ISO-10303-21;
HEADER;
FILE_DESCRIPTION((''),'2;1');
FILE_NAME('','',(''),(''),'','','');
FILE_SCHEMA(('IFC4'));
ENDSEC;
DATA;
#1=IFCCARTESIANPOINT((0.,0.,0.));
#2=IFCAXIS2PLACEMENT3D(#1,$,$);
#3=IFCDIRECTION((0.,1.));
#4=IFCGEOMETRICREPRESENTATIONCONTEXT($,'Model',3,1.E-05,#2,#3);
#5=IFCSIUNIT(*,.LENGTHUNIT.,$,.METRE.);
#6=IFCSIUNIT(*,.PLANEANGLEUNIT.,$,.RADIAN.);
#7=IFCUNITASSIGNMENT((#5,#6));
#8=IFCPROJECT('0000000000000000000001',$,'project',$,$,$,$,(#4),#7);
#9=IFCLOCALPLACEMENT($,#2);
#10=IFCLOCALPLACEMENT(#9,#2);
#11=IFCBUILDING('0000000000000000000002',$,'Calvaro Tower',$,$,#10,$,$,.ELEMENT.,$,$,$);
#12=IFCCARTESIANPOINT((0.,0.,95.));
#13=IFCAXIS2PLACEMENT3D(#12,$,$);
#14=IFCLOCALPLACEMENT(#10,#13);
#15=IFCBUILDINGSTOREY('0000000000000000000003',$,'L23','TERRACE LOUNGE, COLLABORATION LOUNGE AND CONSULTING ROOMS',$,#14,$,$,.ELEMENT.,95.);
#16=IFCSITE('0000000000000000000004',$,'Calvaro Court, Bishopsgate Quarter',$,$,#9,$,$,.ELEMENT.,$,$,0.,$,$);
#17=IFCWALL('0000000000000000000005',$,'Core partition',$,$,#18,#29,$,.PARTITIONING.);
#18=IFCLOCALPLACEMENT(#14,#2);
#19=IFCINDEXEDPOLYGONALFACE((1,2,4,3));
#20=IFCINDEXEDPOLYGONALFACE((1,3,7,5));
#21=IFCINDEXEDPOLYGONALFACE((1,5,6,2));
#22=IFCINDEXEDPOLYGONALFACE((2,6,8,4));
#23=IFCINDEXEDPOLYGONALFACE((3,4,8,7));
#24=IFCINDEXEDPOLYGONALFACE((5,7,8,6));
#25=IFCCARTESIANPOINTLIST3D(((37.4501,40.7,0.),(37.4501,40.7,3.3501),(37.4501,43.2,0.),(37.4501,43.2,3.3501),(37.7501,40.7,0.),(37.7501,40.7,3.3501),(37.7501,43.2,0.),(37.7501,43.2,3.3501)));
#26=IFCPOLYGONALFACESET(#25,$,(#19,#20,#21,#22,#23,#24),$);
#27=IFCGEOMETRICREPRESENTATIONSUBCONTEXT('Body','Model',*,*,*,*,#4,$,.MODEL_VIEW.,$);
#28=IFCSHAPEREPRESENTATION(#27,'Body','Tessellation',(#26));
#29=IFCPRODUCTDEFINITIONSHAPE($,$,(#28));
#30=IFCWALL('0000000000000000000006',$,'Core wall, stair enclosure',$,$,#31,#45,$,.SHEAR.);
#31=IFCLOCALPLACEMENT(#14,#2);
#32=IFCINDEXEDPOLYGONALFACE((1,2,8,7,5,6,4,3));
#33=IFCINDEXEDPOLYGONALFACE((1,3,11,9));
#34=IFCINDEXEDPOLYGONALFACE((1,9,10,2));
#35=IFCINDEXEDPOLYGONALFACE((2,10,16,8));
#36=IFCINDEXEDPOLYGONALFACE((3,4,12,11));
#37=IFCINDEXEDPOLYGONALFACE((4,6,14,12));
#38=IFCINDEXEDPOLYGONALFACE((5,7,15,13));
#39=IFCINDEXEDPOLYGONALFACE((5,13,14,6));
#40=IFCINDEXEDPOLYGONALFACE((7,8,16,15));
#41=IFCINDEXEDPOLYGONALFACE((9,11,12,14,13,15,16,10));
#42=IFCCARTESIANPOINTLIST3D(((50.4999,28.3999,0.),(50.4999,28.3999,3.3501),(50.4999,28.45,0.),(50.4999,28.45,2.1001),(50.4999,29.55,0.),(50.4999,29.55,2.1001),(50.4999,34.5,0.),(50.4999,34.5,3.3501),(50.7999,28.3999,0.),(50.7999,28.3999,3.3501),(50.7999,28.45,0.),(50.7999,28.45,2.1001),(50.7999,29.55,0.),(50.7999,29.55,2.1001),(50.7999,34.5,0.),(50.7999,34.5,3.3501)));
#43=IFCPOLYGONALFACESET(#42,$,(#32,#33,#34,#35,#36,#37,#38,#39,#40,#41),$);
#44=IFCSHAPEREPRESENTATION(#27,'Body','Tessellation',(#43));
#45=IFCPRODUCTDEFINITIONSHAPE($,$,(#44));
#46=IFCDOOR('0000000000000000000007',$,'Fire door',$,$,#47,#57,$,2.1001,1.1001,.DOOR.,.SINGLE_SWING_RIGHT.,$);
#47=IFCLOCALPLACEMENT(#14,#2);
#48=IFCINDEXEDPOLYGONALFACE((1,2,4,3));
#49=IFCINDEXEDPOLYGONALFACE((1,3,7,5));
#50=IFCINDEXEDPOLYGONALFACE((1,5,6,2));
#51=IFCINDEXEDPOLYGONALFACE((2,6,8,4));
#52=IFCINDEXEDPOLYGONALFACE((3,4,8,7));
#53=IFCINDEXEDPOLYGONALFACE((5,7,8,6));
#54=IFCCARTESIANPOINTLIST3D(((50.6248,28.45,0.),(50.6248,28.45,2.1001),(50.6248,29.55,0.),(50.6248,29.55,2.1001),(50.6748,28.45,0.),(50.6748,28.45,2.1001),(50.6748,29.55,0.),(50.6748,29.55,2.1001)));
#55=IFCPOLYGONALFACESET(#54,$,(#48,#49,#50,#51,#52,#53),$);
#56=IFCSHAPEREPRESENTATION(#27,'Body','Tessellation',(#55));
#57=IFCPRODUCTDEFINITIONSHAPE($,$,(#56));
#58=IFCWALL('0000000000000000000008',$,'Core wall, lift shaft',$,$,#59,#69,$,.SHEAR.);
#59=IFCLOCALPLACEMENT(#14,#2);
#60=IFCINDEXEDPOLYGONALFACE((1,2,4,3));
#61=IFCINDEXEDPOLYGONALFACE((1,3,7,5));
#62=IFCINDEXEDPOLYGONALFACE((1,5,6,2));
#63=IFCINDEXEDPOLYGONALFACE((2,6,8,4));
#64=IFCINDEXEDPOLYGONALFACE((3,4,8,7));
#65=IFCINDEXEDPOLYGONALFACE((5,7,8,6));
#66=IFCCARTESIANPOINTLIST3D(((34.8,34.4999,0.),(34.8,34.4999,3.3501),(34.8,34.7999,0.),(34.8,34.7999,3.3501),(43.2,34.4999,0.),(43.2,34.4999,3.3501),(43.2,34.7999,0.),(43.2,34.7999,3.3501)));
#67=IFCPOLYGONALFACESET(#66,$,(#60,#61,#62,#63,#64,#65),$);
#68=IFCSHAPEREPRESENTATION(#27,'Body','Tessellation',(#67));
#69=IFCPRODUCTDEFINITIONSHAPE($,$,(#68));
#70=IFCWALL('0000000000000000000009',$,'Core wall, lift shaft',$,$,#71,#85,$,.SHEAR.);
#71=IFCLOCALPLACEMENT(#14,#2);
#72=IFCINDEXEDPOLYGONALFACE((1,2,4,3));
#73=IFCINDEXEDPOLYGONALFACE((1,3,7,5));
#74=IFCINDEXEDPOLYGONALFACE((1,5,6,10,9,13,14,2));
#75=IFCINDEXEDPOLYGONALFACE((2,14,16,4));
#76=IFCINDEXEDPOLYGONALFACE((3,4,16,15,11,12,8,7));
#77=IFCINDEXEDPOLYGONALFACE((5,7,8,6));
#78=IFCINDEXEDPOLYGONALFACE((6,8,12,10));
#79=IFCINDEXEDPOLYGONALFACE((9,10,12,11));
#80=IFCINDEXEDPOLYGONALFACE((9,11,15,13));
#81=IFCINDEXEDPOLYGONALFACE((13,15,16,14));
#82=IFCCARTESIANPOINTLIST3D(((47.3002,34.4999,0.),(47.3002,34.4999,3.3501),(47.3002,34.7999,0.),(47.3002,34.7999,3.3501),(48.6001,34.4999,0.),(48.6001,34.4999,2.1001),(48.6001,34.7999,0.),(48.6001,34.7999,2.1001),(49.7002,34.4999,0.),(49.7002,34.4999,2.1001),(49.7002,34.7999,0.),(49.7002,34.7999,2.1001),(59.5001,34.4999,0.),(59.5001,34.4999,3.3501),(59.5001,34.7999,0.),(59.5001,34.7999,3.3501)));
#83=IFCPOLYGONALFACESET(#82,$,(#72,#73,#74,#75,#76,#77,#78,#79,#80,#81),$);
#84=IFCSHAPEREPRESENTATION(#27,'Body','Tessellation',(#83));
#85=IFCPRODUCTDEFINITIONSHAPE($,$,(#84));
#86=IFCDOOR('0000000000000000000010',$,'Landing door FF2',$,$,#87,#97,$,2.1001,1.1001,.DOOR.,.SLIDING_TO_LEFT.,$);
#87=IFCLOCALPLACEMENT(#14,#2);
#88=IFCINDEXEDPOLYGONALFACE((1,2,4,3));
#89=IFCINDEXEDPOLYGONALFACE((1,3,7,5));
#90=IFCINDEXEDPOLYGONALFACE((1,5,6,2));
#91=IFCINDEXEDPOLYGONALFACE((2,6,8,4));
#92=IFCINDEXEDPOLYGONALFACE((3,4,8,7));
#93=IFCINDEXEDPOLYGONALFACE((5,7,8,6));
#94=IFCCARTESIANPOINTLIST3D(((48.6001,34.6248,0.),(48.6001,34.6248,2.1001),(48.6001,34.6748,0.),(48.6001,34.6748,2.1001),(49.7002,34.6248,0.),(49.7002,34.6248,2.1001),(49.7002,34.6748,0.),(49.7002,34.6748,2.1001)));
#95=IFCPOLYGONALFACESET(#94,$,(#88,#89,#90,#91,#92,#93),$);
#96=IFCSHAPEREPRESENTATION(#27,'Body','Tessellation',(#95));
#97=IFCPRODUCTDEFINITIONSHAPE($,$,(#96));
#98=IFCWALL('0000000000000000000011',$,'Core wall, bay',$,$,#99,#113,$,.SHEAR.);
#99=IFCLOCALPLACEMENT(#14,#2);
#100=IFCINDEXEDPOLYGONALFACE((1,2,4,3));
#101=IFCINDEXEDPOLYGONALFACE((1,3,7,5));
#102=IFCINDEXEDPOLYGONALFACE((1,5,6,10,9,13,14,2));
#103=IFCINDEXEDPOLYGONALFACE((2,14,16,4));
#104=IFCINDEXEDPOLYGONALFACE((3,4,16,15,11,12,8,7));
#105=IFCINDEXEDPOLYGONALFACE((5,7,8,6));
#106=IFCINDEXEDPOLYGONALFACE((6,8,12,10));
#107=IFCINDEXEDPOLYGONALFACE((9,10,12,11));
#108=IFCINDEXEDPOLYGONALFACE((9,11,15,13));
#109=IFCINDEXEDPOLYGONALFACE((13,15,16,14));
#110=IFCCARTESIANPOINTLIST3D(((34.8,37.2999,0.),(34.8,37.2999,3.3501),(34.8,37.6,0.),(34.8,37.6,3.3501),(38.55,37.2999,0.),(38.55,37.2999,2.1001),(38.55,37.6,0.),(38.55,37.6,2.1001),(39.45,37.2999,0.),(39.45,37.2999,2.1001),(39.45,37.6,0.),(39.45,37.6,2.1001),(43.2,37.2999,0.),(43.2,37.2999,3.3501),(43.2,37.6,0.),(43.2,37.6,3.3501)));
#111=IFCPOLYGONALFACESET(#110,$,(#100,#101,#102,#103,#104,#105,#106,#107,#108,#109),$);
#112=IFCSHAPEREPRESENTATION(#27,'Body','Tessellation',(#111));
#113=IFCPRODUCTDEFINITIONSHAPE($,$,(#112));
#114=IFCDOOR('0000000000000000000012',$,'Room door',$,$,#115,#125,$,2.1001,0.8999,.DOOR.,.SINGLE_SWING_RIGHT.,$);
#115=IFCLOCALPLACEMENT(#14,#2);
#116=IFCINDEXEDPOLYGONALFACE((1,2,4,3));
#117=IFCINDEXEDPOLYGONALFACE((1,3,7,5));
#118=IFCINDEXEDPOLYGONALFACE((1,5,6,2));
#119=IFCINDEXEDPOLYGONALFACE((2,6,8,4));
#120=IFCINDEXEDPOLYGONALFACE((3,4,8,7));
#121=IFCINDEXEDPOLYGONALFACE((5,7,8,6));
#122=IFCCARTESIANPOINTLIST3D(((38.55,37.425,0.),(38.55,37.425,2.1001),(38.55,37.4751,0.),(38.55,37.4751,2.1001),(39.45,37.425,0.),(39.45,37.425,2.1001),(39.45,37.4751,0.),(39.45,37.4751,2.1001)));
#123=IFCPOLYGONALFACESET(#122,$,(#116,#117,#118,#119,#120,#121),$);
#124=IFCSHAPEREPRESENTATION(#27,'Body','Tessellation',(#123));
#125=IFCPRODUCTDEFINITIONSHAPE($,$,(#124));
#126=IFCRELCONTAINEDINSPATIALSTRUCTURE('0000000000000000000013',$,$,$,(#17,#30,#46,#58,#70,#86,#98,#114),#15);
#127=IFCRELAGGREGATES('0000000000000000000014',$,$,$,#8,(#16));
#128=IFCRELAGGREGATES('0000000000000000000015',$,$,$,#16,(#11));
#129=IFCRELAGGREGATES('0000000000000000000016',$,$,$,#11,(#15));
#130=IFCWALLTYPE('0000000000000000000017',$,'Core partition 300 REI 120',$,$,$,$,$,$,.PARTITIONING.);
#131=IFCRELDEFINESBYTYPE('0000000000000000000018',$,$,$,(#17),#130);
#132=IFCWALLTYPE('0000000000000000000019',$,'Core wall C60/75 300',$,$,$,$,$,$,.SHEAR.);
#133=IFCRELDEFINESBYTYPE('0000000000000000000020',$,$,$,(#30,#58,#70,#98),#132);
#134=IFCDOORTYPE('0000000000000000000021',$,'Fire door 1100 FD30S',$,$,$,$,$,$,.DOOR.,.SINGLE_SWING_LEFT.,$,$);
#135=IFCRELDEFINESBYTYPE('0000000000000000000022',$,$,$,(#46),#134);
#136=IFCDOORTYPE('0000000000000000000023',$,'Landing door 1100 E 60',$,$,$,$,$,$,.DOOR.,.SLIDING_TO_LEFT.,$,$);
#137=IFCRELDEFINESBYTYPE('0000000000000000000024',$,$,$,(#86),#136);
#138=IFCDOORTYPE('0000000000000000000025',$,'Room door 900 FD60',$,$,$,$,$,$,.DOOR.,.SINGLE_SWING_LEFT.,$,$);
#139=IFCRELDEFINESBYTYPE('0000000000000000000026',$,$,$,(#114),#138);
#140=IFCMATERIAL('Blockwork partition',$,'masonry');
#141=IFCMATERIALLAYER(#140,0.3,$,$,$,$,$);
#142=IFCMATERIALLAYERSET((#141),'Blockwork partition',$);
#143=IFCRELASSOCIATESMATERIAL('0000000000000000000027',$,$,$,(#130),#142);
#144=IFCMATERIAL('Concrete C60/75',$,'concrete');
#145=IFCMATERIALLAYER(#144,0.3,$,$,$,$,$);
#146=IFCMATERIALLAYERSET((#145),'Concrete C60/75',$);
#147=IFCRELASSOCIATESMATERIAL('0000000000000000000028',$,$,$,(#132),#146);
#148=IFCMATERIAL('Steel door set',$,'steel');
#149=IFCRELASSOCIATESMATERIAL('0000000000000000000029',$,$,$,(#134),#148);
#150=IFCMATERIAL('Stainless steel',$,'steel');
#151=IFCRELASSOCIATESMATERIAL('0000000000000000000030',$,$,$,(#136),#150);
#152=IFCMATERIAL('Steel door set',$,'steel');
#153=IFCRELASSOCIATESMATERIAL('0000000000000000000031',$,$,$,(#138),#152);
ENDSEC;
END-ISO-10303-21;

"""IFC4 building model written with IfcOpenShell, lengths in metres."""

from ifc_helpers import new_model, si_unit, direction, frame, frame_2d, origin, place, context, subcontext, project, spatial, rectangle, extrude, material, layer, layer_set, type_object, element, fill, save


model = new_model("IFC4")

# Units and contexts
model_context = context("Model", 3, precision=1e-05, world=origin(), true_north=direction((0.0, 1.0)))
body_context = subcontext(model_context, "Body", "Model", "MODEL_VIEW")
ifc_project = project(units=[si_unit("LENGTHUNIT", "METRE"), si_unit("PLANEANGLEUNIT", "RADIAN")], contexts=[model_context])

# Site, building, storey
site_placement = place(None, origin())
site = spatial("IfcSite", under=ifc_project, at=site_placement, Name="Calvaro Court, Bishopsgate Quarter", CompositionType="ELEMENT", RefElevation=0.0)
building_placement = place(site_placement, origin())
building = spatial("IfcBuilding", under=site, at=building_placement, Name="Calvaro Tower", CompositionType="ELEMENT")
storey_placement = place(building_placement, frame((0.0, 0.0, 95.0)))
storey = spatial("IfcBuildingStorey", under=building, at=storey_placement, Name="L23", Description="TERRACE LOUNGE, COLLABORATION LOUNGE AND CONSULTING ROOMS", CompositionType="ELEMENT", Elevation=95.0)

# Wall
ifc_material_1 = material(Name="Blockwork partition", Category="masonry")
ifc_layer_1 = layer(ifc_material_1, 0.3)
ifc_layer_set_1 = layer_set([ifc_layer_1], Name="Blockwork partition")
wall_type_1 = type_object("IfcWallType", Name="Core partition 300 REI 120", PredefinedType="PARTITIONING", material=ifc_layer_set_1)
wall_1_placement = place(storey_placement, frame((37.6001, 40.7, 0.0), z_axis=(0.0, 0.0, 1.0), x_axis=(0.0, 1.0, 0.0)))
element("IfcWall", 1, at=wall_1_placement, inside=storey, type_object=wall_type_1, Name="Core partition", PredefinedType="PARTITIONING", context=body_context, shape_type="SweptSolid", body=[
    extrude(rectangle(XDim=2.5, YDim=0.3, at=frame_2d((1.25, 0.0))), origin(), (0.0, 0.0, 1.0), 3.3501),
])

# Wall, opening, door
ifc_material_2 = material(Name="Concrete C60/75", Category="concrete")
ifc_layer_2 = layer(ifc_material_2, 0.3)
ifc_layer_set_2 = layer_set([ifc_layer_2], Name="Concrete C60/75")
wall_type_2 = type_object("IfcWallType", Name="Core wall C60/75 300", PredefinedType="SHEAR", material=ifc_layer_set_2)
wall_2_placement = place(storey_placement, frame((50.6499, 34.5, 0.0), z_axis=(0.0, 0.0, 1.0), x_axis=(0.0, -1.0, 0.0)))
wall_2 = element("IfcWall", 2, at=wall_2_placement, inside=storey, type_object=wall_type_2, Name="Core wall, stair enclosure", PredefinedType="SHEAR", context=body_context, shape_type="SweptSolid", body=[
    extrude(rectangle(XDim=6.1001, YDim=0.3, at=frame_2d((3.05, 0.0))), origin(), (0.0, 0.0, 1.0), 3.3501),
])
opening_1_placement = place(wall_2_placement, frame((4.95, 0.0, 0.0)))
opening_1 = element("IfcOpeningElement", 3, at=opening_1_placement, cuts=wall_2, PredefinedType="OPENING", context=body_context, shape_type="SweptSolid", body=[
    extrude(rectangle(XDim=1.1001, YDim=2.1001, at=frame_2d((0.55, 1.05))), frame((0.0, 0.1599, 0.0), z_axis=(0.0, -1.0, 0.0), x_axis=(1.0, 0.0, 0.0)), (0.0, 0.0, 1.0), 0.3201),
])
ifc_material_3 = material(Name="Steel door set", Category="steel")
door_type_1 = type_object("IfcDoorType", Name="Fire door 1100 FD30S", OperationType="SINGLE_SWING_LEFT", PredefinedType="DOOR", material=ifc_material_3)
door_1_placement = place(opening_1_placement, origin())
door_1 = element("IfcDoor", 4, at=door_1_placement, inside=storey, type_object=door_type_1, Name="Fire door", OperationType="SINGLE_SWING_RIGHT", OverallHeight=2.1001, OverallWidth=1.1001, PredefinedType="DOOR", context=body_context, shape_type="SweptSolid", body=[
    extrude(rectangle(XDim=1.1001, YDim=2.1001, at=frame_2d((0.55, 1.05))), frame((0.0, 0.0249, 0.0), z_axis=(0.0, -1.0, 0.0), x_axis=(1.0, 0.0, 0.0)), (0.0, 0.0, 1.0), 0.05),
])
fill(opening_1, door_1)

# Wall
wall_3_placement = place(storey_placement, frame((34.8, 34.6499, 0.0), z_axis=(0.0, 0.0, 1.0), x_axis=(1.0, 0.0, 0.0)))
element("IfcWall", 5, at=wall_3_placement, inside=storey, type_object=wall_type_2, Name="Core wall, lift shaft", PredefinedType="SHEAR", context=body_context, shape_type="SweptSolid", body=[
    extrude(rectangle(XDim=8.3999, YDim=0.3, at=frame_2d((4.2, 0.0))), origin(), (0.0, 0.0, 1.0), 3.3501),
])

# Walls, openings, doors
wall_4_placement = place(storey_placement, frame((47.3, 34.6499, 0.0), z_axis=(0.0, 0.0, 1.0), x_axis=(1.0, 0.0, 0.0)))
wall_4 = element("IfcWall", 6, at=wall_4_placement, inside=storey, type_object=wall_type_2, Name="Core wall, lift shaft", PredefinedType="SHEAR", context=body_context, shape_type="SweptSolid", body=[
    extrude(rectangle(XDim=12.2, YDim=0.3, at=frame_2d((6.1001, 0.0))), origin(), (0.0, 0.0, 1.0), 3.3501),
])
opening_2_placement = place(wall_4_placement, frame((1.3, 0.0, 0.0)))
opening_2 = element("IfcOpeningElement", 7, at=opening_2_placement, cuts=wall_4, PredefinedType="OPENING", context=body_context, shape_type="SweptSolid", body=[
    extrude(rectangle(XDim=1.1001, YDim=2.1001, at=frame_2d((0.55, 1.05))), frame((0.0, 0.1599, 0.0), z_axis=(0.0, -1.0, 0.0), x_axis=(1.0, 0.0, 0.0)), (0.0, 0.0, 1.0), 0.3201),
])
ifc_material_4 = material(Name="Stainless steel", Category="steel")
door_type_2 = type_object("IfcDoorType", Name="Landing door 1100 E 60", OperationType="SLIDING_TO_LEFT", PredefinedType="DOOR", material=ifc_material_4)
door_2_placement = place(opening_2_placement, origin())
door_2 = element("IfcDoor", 8, at=door_2_placement, inside=storey, type_object=door_type_2, Name="Landing door FF2", OperationType="SLIDING_TO_LEFT", OverallHeight=2.1001, OverallWidth=1.1001, PredefinedType="DOOR", context=body_context, shape_type="SweptSolid", body=[
    extrude(rectangle(XDim=1.1001, YDim=2.1001, at=frame_2d((0.55, 1.05))), frame((0.0, 0.0249, 0.0), z_axis=(0.0, -1.0, 0.0), x_axis=(1.0, 0.0, 0.0)), (0.0, 0.0, 1.0), 0.05),
])
fill(opening_2, door_2)
wall_5_placement = place(storey_placement, frame((43.2, 37.45, 0.0), z_axis=(0.0, 0.0, 1.0), x_axis=(-1.0, 0.0, 0.0)))
wall_5 = element("IfcWall", 9, at=wall_5_placement, inside=storey, type_object=wall_type_2, Name="Core wall, bay", PredefinedType="SHEAR", context=body_context, shape_type="SweptSolid", body=[
    extrude(rectangle(XDim=8.3999, YDim=0.3, at=frame_2d((4.2, 0.0))), origin(), (0.0, 0.0, 1.0), 3.3501),
])
opening_3_placement = place(wall_5_placement, frame((3.75, 0.0, 0.0)))
opening_3 = element("IfcOpeningElement", 10, at=opening_3_placement, cuts=wall_5, PredefinedType="OPENING", context=body_context, shape_type="SweptSolid", body=[
    extrude(rectangle(XDim=0.8999, YDim=2.1001, at=frame_2d((0.45, 1.05))), frame((0.0, 0.1599, 0.0), z_axis=(0.0, -1.0, 0.0), x_axis=(1.0, 0.0, 0.0)), (0.0, 0.0, 1.0), 0.3201),
])
ifc_material_5 = material(Name="Steel door set", Category="steel")
door_type_3 = type_object("IfcDoorType", Name="Room door 900 FD60", OperationType="SINGLE_SWING_LEFT", PredefinedType="DOOR", material=ifc_material_5)
door_3_placement = place(opening_3_placement, origin())
door_3 = element("IfcDoor", 11, at=door_3_placement, inside=storey, type_object=door_type_3, Name="Room door", OperationType="SINGLE_SWING_RIGHT", OverallHeight=2.1001, OverallWidth=0.8999, PredefinedType="DOOR", context=body_context, shape_type="SweptSolid", body=[
    extrude(rectangle(XDim=0.8999, YDim=2.1001, at=frame_2d((0.45, 1.05))), frame((0.0, 0.0249, 0.0), z_axis=(0.0, -1.0, 0.0), x_axis=(1.0, 0.0, 0.0)), (0.0, 0.0, 1.0), 0.05),
])
fill(opening_3, door_3)

save(model, "model.ifc")
